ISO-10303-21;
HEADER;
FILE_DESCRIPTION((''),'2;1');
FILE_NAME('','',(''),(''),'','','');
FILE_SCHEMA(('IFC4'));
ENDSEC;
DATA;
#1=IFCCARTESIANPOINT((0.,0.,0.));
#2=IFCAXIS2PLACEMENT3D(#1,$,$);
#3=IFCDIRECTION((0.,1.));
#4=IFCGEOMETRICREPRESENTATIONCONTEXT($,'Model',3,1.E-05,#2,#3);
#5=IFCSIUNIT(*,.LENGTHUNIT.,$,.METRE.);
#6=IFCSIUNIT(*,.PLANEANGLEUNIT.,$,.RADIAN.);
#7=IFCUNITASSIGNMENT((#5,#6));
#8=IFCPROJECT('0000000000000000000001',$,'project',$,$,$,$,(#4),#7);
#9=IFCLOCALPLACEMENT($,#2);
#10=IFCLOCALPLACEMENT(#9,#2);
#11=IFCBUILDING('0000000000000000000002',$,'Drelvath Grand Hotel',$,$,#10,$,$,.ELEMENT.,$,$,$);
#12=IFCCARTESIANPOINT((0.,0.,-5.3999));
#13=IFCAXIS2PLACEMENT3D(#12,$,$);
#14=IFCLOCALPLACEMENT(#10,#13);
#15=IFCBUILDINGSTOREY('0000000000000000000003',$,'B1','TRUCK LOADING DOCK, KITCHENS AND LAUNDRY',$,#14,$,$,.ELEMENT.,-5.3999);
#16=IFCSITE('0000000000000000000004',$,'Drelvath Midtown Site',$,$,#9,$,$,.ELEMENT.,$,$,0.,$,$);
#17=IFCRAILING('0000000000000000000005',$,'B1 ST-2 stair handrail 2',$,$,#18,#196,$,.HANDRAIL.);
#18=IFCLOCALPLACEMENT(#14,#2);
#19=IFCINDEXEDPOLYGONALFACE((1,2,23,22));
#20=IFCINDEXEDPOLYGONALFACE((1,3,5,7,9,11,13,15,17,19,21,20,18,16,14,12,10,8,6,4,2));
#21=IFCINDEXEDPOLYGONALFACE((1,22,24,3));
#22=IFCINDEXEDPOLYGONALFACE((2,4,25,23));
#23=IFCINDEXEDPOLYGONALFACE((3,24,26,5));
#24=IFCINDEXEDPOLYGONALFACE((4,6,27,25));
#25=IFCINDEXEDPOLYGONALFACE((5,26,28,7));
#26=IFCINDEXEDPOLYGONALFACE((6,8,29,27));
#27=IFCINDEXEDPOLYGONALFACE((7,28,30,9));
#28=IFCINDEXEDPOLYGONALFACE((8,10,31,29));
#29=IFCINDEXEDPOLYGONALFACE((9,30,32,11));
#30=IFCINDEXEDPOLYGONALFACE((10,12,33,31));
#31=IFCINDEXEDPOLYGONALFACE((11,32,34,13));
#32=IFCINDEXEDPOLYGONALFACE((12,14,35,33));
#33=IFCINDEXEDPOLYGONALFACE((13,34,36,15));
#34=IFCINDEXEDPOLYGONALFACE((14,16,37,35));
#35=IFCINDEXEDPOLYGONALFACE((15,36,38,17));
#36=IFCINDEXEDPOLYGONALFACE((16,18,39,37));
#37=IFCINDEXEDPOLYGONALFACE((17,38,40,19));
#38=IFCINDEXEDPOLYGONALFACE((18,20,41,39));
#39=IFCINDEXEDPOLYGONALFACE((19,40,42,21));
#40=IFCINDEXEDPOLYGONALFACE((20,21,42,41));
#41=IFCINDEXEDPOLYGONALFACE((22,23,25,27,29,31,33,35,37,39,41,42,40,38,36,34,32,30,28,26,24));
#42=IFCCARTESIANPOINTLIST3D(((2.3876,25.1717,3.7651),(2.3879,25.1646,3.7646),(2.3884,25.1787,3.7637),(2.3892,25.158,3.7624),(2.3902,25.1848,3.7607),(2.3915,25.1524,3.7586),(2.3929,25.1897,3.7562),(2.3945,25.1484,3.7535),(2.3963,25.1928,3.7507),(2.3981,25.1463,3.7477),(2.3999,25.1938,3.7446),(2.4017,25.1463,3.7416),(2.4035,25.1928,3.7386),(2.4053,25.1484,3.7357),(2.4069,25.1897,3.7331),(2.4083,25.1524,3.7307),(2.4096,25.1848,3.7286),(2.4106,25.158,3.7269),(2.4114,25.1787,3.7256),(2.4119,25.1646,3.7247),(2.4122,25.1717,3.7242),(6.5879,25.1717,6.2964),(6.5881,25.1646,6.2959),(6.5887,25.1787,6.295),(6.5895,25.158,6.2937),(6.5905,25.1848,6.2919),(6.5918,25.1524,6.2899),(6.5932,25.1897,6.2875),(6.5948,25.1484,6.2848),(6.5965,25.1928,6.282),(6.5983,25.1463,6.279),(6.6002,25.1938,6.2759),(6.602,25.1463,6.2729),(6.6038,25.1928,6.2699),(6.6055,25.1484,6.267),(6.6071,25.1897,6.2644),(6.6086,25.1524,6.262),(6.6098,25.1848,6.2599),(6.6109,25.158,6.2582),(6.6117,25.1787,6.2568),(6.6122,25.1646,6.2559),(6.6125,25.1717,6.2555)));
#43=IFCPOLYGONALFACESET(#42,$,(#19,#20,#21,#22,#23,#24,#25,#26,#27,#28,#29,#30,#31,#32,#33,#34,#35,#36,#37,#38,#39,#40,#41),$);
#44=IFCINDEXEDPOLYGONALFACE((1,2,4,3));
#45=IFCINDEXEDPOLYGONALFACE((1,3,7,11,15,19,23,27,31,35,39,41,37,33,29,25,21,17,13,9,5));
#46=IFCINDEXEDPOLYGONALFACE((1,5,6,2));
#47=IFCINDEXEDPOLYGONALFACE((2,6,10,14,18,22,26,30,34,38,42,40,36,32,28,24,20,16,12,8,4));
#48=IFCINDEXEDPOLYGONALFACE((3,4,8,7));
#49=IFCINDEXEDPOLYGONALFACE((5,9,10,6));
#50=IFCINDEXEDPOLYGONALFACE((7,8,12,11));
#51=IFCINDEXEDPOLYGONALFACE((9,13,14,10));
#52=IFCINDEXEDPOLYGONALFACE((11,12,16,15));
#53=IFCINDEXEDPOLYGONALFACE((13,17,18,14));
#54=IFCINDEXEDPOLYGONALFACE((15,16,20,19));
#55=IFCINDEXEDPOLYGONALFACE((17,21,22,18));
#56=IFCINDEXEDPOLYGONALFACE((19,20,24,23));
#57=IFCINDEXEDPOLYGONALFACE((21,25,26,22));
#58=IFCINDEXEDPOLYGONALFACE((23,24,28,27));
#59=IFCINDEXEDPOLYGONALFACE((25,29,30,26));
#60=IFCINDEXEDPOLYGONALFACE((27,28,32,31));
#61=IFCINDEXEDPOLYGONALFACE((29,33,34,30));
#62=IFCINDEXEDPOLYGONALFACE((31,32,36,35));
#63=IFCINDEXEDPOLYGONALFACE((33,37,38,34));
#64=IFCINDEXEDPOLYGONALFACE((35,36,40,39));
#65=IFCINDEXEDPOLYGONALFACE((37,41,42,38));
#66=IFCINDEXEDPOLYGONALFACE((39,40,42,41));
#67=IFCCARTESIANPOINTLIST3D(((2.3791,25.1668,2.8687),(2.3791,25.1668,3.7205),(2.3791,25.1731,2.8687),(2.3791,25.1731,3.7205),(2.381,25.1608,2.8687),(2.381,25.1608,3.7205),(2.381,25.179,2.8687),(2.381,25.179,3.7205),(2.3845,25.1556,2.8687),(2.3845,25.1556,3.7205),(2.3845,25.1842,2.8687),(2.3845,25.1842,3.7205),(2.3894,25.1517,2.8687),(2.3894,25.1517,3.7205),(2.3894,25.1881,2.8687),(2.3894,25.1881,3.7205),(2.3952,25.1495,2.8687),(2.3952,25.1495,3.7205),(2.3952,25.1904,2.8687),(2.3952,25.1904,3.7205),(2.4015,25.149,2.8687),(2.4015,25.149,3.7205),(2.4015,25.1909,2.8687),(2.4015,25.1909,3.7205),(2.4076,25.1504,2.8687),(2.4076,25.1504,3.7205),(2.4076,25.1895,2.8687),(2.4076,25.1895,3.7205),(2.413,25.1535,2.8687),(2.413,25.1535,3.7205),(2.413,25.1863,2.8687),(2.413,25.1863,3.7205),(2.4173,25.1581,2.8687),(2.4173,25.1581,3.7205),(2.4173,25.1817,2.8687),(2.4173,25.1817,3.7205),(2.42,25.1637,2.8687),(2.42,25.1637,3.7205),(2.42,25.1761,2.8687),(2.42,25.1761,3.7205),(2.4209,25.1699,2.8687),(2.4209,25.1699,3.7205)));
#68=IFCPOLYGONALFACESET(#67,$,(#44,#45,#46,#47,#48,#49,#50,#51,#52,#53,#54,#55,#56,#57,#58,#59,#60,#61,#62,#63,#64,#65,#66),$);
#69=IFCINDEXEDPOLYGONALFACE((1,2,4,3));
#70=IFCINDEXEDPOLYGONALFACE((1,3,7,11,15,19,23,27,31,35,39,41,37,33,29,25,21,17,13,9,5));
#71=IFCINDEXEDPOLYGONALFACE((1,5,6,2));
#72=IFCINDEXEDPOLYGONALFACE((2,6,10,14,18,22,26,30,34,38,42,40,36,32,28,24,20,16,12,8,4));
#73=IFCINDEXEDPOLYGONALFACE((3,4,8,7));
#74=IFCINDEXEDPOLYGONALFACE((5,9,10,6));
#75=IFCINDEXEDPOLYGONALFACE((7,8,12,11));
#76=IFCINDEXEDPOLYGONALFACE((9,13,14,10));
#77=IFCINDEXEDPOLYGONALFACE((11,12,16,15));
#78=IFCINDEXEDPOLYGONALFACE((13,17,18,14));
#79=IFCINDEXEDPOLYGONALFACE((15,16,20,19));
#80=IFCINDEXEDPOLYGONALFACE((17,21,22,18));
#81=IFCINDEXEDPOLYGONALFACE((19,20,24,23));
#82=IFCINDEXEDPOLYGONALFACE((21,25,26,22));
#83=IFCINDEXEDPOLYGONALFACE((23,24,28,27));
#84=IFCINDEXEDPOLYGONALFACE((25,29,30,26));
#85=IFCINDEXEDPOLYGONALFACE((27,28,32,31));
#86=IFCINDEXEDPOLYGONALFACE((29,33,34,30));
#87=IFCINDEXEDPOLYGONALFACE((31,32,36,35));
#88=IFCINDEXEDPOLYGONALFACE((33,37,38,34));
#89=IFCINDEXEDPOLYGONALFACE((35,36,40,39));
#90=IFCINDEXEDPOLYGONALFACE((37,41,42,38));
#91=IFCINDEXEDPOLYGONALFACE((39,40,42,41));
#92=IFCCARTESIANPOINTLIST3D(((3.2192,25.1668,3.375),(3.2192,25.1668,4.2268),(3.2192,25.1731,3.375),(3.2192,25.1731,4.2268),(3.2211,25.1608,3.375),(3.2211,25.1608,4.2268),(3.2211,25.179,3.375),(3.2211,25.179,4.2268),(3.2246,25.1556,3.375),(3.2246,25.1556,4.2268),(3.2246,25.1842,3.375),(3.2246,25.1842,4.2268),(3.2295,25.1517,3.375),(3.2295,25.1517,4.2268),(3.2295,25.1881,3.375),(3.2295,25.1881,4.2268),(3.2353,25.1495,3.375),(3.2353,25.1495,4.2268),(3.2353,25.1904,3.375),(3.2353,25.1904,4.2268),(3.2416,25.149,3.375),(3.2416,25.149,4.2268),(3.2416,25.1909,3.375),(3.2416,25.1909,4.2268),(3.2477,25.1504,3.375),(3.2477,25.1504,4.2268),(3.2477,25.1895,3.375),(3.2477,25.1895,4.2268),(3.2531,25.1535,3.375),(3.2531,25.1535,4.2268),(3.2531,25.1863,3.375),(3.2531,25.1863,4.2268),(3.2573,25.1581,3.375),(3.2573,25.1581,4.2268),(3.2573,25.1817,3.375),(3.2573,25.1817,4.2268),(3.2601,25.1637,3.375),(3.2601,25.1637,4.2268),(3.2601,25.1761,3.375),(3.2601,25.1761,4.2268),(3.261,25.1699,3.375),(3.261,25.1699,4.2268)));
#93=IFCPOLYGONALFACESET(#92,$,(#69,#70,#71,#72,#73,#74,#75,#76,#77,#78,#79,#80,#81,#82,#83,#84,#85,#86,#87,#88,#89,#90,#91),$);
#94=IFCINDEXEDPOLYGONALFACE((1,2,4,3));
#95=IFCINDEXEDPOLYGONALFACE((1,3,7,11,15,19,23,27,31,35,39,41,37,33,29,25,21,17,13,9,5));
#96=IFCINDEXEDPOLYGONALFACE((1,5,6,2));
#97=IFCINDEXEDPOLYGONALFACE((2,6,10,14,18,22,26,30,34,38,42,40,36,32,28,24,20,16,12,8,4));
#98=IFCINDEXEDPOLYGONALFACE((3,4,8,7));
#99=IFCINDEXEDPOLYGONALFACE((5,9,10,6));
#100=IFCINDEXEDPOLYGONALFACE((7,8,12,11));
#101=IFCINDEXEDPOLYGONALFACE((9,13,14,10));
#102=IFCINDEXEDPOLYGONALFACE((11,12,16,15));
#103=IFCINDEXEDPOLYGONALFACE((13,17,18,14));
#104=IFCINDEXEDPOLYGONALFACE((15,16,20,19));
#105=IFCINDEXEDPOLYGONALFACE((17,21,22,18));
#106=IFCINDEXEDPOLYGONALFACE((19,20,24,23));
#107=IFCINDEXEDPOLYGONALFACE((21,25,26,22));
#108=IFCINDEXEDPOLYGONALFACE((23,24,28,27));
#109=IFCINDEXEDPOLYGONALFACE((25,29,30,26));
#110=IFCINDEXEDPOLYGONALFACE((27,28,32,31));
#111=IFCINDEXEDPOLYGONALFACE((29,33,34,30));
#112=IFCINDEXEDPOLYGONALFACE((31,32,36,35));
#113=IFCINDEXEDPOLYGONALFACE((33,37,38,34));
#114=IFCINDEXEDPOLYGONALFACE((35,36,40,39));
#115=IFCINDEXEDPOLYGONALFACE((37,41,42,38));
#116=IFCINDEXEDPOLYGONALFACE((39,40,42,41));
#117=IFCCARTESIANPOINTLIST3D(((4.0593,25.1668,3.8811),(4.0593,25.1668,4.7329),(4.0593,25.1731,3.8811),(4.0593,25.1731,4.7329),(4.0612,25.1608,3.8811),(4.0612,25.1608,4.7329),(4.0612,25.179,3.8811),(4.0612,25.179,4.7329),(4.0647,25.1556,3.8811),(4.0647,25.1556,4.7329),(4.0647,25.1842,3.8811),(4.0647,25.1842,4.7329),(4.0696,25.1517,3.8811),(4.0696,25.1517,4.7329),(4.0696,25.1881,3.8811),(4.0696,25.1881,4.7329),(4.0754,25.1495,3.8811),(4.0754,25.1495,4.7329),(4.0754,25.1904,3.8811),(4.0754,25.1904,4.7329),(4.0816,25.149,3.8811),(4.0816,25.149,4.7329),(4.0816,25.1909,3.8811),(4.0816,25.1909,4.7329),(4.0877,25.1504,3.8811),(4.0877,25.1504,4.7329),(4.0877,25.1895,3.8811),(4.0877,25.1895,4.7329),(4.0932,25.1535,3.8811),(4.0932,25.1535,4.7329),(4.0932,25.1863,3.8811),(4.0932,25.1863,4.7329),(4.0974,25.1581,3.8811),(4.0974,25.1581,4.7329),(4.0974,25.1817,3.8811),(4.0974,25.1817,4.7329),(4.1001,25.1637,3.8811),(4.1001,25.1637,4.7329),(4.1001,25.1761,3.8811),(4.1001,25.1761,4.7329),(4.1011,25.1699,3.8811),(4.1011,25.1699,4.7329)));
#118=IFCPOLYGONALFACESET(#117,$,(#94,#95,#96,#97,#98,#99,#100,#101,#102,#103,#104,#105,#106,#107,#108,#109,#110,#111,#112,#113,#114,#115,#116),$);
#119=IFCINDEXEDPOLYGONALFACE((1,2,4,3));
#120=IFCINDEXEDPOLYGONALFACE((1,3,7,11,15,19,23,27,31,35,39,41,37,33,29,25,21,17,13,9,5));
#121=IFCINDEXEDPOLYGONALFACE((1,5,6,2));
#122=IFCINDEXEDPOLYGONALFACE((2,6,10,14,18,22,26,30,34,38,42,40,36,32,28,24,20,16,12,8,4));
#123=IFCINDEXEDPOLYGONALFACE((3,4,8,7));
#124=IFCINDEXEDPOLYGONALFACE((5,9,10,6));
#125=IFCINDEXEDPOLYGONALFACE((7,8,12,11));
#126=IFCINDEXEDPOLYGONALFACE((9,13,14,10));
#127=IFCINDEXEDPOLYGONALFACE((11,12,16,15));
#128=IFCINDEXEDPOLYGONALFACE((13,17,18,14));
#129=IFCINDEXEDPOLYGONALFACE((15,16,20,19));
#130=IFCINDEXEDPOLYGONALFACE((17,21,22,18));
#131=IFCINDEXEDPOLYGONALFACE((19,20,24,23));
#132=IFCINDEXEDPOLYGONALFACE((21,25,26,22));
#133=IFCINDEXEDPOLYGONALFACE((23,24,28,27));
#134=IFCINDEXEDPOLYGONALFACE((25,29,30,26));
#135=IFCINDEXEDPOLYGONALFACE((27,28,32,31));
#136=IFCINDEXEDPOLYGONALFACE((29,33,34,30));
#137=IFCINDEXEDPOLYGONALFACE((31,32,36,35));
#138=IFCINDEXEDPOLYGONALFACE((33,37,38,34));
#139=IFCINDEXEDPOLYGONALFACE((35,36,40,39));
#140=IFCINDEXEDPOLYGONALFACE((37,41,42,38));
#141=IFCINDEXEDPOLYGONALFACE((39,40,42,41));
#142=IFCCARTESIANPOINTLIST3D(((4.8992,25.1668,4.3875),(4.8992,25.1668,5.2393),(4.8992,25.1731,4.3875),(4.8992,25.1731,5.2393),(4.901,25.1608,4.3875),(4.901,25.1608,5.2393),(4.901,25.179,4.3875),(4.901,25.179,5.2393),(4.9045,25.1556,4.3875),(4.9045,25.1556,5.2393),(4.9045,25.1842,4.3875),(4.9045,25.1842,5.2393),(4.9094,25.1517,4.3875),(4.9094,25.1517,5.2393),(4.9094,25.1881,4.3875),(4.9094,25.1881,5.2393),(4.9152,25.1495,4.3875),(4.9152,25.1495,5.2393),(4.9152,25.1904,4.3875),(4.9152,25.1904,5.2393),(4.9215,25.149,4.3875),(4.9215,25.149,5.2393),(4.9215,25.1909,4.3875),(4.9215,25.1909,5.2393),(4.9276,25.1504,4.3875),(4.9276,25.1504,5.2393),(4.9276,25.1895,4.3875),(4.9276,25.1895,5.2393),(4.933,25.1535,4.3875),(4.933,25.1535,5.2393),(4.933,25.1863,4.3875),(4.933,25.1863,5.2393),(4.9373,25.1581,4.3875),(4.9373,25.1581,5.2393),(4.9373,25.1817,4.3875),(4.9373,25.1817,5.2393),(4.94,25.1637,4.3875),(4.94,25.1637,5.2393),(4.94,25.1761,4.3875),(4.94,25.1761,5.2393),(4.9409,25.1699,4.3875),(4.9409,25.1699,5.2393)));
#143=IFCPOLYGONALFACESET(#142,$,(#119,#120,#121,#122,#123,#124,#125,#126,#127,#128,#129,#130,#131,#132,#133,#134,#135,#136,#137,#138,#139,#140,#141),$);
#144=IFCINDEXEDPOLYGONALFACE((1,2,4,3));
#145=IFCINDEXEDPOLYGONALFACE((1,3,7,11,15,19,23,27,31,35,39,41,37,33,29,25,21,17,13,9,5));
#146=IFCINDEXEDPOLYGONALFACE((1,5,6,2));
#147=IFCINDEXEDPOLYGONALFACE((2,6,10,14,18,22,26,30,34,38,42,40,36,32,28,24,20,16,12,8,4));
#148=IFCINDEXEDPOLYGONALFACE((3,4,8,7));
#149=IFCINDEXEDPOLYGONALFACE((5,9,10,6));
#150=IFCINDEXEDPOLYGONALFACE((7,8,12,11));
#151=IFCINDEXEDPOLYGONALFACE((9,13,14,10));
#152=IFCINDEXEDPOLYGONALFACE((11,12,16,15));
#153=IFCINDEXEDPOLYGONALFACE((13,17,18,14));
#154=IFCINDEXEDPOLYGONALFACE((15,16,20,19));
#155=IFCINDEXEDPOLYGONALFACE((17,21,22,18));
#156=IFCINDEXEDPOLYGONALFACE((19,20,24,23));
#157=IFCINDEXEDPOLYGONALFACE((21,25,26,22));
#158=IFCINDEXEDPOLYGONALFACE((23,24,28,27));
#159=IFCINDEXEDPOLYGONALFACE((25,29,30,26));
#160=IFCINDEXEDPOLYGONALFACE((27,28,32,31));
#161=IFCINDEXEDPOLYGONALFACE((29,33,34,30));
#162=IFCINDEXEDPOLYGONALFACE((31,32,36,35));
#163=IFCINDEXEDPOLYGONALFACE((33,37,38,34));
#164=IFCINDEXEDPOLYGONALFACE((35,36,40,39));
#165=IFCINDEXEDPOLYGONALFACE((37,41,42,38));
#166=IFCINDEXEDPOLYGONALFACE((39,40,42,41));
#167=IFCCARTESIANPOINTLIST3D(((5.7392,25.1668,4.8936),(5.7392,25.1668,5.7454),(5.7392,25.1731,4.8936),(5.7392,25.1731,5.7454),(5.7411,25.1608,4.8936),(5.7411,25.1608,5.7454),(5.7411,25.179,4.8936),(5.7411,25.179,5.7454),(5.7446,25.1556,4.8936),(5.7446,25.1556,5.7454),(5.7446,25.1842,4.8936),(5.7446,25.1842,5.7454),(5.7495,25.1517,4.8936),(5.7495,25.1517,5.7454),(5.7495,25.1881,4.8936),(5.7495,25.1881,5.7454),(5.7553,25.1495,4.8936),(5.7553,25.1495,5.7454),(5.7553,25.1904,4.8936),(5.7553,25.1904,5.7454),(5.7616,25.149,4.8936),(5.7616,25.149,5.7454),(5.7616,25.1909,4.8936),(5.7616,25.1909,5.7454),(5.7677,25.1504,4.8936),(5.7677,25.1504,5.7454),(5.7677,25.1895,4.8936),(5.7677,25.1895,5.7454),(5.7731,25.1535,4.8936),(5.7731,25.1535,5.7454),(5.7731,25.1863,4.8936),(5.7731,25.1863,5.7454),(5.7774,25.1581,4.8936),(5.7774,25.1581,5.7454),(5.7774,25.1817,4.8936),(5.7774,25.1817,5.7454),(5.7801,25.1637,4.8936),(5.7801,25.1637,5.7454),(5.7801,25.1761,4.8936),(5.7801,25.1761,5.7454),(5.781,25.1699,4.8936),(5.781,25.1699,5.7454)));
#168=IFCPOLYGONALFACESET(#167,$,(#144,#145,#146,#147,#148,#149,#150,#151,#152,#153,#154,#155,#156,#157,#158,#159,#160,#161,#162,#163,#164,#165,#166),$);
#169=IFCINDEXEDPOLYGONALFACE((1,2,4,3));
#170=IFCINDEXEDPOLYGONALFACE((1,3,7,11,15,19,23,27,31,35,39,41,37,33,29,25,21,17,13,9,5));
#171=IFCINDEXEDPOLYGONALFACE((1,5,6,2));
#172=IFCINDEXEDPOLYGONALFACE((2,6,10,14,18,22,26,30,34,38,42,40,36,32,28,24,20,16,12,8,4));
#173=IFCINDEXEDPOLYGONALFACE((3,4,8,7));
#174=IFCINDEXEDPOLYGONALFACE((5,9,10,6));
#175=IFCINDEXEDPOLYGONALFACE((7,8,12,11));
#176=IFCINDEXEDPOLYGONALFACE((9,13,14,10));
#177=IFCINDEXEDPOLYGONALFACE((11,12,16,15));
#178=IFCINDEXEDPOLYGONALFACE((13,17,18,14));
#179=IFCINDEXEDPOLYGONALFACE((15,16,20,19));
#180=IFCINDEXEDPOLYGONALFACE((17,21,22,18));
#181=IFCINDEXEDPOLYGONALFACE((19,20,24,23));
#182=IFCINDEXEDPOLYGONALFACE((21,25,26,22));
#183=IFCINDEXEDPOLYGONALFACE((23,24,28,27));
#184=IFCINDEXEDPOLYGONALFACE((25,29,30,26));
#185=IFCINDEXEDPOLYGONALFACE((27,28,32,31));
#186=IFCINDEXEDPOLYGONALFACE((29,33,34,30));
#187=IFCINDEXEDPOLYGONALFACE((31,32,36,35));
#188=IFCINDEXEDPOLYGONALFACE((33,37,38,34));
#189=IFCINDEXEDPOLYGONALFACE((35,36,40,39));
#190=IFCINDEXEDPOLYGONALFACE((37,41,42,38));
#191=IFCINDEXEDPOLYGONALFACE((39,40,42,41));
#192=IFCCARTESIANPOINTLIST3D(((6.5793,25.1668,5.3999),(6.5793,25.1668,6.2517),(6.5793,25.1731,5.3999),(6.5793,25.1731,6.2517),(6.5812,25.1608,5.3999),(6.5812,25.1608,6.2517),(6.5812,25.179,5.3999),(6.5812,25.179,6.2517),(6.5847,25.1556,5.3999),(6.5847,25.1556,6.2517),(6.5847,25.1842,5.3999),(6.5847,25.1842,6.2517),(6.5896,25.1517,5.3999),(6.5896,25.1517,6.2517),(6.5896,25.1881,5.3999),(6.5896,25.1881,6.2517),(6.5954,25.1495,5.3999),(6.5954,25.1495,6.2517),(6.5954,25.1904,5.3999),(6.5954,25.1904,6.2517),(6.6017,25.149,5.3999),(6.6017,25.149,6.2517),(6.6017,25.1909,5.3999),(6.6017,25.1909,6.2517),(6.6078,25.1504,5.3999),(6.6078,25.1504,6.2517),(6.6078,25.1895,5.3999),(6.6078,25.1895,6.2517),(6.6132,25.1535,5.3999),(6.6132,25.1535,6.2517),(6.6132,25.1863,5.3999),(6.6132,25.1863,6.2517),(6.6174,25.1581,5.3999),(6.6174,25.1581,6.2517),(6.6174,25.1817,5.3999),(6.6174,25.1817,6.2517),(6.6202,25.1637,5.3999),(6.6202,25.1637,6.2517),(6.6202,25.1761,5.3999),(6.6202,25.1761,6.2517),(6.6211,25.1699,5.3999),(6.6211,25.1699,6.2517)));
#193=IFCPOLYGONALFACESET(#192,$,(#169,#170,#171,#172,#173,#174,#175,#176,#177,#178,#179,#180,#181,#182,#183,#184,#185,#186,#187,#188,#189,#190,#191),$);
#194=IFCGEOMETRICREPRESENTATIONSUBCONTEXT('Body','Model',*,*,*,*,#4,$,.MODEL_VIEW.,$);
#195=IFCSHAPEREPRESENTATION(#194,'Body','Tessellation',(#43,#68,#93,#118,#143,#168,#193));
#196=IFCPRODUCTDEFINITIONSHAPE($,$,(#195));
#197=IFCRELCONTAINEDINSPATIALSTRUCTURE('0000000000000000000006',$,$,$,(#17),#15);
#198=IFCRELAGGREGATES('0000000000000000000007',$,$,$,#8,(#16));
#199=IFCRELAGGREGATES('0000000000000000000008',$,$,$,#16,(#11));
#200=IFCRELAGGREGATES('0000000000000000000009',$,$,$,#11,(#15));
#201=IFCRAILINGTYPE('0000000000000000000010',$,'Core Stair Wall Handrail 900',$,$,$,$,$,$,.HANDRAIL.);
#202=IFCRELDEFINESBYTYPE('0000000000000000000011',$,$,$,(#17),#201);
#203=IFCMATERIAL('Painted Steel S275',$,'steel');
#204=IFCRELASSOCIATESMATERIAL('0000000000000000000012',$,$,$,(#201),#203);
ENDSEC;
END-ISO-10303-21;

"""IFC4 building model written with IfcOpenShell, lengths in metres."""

from ifc_helpers import new_model, si_unit, direction, frame, origin, origin_2d, place, context, subcontext, project, spatial, circle, extrude, material, type_object, element, save


model = new_model("IFC4")

# Units and contexts
model_context = context("Model", 3, precision=1e-05, world=origin(), true_north=direction((0.0, 1.0)))
body_context = subcontext(model_context, "Body", "Model", "MODEL_VIEW")
ifc_project = project(units=[si_unit("LENGTHUNIT", "METRE"), si_unit("PLANEANGLEUNIT", "RADIAN")], contexts=[model_context])

# Site, building, storey
site_placement = place(None, origin())
site = spatial("IfcSite", under=ifc_project, at=site_placement, Name="Drelvath Midtown Site", CompositionType="ELEMENT", RefElevation=0.0)
building_placement = place(site_placement, origin())
building = spatial("IfcBuilding", under=site, at=building_placement, Name="Drelvath Grand Hotel", CompositionType="ELEMENT")
storey_placement = place(building_placement, frame((0.0, 0.0, -5.3999)))
storey = spatial("IfcBuildingStorey", under=building, at=storey_placement, Name="B1", Description="TRUCK LOADING DOCK, KITCHENS AND LAUNDRY", CompositionType="ELEMENT", Elevation=-5.3999)

# Railing
ifc_material_1 = material(Name="Painted Steel S275", Category="steel")
railing_type_1 = type_object("IfcRailingType", Name="Core Stair Wall Handrail 900", PredefinedType="HANDRAIL", material=ifc_material_1)
railing_1_placement = place(storey_placement, frame((2.3999, 25.1699, 2.8687)))
element("IfcRailing", 1, at=railing_1_placement, inside=storey, type_object=railing_type_1, Name="B1 ST-2 stair handrail 2", PredefinedType="HANDRAIL", context=body_context, shape_type="SweptSolid", body=[
    extrude(circle(Radius=0.0239, at=origin_2d()), frame((0.0, 0.0, 0.876), z_axis=(0.85649, 0.0, 0.516164), x_axis=(0.0, 1.0, 0.0)), (0.0, 0.0, 1.0), 4.9041),
    extrude(circle(Radius=0.021, at=origin_2d()), origin(), (0.0, 0.0, 1.0), 0.8518),
    extrude(circle(Radius=0.021, at=origin_2d()), frame((0.8401, 0.0, 0.5063)), (0.0, 0.0, 1.0), 0.8518),
    extrude(circle(Radius=0.021, at=origin_2d()), frame((1.6802, 0.0, 1.0125)), (0.0, 0.0, 1.0), 0.8518),
    extrude(circle(Radius=0.021, at=origin_2d()), frame((2.52, 0.0, 1.5188)), (0.0, 0.0, 1.0), 0.8518),
    extrude(circle(Radius=0.021, at=origin_2d()), frame((3.3601, 0.0, 2.0249)), (0.0, 0.0, 1.0), 0.8518),
    extrude(circle(Radius=0.021, at=origin_2d()), frame((4.2002, 0.0, 2.5312)), (0.0, 0.0, 1.0), 0.8518),
])

save(model, "model.ifc")
